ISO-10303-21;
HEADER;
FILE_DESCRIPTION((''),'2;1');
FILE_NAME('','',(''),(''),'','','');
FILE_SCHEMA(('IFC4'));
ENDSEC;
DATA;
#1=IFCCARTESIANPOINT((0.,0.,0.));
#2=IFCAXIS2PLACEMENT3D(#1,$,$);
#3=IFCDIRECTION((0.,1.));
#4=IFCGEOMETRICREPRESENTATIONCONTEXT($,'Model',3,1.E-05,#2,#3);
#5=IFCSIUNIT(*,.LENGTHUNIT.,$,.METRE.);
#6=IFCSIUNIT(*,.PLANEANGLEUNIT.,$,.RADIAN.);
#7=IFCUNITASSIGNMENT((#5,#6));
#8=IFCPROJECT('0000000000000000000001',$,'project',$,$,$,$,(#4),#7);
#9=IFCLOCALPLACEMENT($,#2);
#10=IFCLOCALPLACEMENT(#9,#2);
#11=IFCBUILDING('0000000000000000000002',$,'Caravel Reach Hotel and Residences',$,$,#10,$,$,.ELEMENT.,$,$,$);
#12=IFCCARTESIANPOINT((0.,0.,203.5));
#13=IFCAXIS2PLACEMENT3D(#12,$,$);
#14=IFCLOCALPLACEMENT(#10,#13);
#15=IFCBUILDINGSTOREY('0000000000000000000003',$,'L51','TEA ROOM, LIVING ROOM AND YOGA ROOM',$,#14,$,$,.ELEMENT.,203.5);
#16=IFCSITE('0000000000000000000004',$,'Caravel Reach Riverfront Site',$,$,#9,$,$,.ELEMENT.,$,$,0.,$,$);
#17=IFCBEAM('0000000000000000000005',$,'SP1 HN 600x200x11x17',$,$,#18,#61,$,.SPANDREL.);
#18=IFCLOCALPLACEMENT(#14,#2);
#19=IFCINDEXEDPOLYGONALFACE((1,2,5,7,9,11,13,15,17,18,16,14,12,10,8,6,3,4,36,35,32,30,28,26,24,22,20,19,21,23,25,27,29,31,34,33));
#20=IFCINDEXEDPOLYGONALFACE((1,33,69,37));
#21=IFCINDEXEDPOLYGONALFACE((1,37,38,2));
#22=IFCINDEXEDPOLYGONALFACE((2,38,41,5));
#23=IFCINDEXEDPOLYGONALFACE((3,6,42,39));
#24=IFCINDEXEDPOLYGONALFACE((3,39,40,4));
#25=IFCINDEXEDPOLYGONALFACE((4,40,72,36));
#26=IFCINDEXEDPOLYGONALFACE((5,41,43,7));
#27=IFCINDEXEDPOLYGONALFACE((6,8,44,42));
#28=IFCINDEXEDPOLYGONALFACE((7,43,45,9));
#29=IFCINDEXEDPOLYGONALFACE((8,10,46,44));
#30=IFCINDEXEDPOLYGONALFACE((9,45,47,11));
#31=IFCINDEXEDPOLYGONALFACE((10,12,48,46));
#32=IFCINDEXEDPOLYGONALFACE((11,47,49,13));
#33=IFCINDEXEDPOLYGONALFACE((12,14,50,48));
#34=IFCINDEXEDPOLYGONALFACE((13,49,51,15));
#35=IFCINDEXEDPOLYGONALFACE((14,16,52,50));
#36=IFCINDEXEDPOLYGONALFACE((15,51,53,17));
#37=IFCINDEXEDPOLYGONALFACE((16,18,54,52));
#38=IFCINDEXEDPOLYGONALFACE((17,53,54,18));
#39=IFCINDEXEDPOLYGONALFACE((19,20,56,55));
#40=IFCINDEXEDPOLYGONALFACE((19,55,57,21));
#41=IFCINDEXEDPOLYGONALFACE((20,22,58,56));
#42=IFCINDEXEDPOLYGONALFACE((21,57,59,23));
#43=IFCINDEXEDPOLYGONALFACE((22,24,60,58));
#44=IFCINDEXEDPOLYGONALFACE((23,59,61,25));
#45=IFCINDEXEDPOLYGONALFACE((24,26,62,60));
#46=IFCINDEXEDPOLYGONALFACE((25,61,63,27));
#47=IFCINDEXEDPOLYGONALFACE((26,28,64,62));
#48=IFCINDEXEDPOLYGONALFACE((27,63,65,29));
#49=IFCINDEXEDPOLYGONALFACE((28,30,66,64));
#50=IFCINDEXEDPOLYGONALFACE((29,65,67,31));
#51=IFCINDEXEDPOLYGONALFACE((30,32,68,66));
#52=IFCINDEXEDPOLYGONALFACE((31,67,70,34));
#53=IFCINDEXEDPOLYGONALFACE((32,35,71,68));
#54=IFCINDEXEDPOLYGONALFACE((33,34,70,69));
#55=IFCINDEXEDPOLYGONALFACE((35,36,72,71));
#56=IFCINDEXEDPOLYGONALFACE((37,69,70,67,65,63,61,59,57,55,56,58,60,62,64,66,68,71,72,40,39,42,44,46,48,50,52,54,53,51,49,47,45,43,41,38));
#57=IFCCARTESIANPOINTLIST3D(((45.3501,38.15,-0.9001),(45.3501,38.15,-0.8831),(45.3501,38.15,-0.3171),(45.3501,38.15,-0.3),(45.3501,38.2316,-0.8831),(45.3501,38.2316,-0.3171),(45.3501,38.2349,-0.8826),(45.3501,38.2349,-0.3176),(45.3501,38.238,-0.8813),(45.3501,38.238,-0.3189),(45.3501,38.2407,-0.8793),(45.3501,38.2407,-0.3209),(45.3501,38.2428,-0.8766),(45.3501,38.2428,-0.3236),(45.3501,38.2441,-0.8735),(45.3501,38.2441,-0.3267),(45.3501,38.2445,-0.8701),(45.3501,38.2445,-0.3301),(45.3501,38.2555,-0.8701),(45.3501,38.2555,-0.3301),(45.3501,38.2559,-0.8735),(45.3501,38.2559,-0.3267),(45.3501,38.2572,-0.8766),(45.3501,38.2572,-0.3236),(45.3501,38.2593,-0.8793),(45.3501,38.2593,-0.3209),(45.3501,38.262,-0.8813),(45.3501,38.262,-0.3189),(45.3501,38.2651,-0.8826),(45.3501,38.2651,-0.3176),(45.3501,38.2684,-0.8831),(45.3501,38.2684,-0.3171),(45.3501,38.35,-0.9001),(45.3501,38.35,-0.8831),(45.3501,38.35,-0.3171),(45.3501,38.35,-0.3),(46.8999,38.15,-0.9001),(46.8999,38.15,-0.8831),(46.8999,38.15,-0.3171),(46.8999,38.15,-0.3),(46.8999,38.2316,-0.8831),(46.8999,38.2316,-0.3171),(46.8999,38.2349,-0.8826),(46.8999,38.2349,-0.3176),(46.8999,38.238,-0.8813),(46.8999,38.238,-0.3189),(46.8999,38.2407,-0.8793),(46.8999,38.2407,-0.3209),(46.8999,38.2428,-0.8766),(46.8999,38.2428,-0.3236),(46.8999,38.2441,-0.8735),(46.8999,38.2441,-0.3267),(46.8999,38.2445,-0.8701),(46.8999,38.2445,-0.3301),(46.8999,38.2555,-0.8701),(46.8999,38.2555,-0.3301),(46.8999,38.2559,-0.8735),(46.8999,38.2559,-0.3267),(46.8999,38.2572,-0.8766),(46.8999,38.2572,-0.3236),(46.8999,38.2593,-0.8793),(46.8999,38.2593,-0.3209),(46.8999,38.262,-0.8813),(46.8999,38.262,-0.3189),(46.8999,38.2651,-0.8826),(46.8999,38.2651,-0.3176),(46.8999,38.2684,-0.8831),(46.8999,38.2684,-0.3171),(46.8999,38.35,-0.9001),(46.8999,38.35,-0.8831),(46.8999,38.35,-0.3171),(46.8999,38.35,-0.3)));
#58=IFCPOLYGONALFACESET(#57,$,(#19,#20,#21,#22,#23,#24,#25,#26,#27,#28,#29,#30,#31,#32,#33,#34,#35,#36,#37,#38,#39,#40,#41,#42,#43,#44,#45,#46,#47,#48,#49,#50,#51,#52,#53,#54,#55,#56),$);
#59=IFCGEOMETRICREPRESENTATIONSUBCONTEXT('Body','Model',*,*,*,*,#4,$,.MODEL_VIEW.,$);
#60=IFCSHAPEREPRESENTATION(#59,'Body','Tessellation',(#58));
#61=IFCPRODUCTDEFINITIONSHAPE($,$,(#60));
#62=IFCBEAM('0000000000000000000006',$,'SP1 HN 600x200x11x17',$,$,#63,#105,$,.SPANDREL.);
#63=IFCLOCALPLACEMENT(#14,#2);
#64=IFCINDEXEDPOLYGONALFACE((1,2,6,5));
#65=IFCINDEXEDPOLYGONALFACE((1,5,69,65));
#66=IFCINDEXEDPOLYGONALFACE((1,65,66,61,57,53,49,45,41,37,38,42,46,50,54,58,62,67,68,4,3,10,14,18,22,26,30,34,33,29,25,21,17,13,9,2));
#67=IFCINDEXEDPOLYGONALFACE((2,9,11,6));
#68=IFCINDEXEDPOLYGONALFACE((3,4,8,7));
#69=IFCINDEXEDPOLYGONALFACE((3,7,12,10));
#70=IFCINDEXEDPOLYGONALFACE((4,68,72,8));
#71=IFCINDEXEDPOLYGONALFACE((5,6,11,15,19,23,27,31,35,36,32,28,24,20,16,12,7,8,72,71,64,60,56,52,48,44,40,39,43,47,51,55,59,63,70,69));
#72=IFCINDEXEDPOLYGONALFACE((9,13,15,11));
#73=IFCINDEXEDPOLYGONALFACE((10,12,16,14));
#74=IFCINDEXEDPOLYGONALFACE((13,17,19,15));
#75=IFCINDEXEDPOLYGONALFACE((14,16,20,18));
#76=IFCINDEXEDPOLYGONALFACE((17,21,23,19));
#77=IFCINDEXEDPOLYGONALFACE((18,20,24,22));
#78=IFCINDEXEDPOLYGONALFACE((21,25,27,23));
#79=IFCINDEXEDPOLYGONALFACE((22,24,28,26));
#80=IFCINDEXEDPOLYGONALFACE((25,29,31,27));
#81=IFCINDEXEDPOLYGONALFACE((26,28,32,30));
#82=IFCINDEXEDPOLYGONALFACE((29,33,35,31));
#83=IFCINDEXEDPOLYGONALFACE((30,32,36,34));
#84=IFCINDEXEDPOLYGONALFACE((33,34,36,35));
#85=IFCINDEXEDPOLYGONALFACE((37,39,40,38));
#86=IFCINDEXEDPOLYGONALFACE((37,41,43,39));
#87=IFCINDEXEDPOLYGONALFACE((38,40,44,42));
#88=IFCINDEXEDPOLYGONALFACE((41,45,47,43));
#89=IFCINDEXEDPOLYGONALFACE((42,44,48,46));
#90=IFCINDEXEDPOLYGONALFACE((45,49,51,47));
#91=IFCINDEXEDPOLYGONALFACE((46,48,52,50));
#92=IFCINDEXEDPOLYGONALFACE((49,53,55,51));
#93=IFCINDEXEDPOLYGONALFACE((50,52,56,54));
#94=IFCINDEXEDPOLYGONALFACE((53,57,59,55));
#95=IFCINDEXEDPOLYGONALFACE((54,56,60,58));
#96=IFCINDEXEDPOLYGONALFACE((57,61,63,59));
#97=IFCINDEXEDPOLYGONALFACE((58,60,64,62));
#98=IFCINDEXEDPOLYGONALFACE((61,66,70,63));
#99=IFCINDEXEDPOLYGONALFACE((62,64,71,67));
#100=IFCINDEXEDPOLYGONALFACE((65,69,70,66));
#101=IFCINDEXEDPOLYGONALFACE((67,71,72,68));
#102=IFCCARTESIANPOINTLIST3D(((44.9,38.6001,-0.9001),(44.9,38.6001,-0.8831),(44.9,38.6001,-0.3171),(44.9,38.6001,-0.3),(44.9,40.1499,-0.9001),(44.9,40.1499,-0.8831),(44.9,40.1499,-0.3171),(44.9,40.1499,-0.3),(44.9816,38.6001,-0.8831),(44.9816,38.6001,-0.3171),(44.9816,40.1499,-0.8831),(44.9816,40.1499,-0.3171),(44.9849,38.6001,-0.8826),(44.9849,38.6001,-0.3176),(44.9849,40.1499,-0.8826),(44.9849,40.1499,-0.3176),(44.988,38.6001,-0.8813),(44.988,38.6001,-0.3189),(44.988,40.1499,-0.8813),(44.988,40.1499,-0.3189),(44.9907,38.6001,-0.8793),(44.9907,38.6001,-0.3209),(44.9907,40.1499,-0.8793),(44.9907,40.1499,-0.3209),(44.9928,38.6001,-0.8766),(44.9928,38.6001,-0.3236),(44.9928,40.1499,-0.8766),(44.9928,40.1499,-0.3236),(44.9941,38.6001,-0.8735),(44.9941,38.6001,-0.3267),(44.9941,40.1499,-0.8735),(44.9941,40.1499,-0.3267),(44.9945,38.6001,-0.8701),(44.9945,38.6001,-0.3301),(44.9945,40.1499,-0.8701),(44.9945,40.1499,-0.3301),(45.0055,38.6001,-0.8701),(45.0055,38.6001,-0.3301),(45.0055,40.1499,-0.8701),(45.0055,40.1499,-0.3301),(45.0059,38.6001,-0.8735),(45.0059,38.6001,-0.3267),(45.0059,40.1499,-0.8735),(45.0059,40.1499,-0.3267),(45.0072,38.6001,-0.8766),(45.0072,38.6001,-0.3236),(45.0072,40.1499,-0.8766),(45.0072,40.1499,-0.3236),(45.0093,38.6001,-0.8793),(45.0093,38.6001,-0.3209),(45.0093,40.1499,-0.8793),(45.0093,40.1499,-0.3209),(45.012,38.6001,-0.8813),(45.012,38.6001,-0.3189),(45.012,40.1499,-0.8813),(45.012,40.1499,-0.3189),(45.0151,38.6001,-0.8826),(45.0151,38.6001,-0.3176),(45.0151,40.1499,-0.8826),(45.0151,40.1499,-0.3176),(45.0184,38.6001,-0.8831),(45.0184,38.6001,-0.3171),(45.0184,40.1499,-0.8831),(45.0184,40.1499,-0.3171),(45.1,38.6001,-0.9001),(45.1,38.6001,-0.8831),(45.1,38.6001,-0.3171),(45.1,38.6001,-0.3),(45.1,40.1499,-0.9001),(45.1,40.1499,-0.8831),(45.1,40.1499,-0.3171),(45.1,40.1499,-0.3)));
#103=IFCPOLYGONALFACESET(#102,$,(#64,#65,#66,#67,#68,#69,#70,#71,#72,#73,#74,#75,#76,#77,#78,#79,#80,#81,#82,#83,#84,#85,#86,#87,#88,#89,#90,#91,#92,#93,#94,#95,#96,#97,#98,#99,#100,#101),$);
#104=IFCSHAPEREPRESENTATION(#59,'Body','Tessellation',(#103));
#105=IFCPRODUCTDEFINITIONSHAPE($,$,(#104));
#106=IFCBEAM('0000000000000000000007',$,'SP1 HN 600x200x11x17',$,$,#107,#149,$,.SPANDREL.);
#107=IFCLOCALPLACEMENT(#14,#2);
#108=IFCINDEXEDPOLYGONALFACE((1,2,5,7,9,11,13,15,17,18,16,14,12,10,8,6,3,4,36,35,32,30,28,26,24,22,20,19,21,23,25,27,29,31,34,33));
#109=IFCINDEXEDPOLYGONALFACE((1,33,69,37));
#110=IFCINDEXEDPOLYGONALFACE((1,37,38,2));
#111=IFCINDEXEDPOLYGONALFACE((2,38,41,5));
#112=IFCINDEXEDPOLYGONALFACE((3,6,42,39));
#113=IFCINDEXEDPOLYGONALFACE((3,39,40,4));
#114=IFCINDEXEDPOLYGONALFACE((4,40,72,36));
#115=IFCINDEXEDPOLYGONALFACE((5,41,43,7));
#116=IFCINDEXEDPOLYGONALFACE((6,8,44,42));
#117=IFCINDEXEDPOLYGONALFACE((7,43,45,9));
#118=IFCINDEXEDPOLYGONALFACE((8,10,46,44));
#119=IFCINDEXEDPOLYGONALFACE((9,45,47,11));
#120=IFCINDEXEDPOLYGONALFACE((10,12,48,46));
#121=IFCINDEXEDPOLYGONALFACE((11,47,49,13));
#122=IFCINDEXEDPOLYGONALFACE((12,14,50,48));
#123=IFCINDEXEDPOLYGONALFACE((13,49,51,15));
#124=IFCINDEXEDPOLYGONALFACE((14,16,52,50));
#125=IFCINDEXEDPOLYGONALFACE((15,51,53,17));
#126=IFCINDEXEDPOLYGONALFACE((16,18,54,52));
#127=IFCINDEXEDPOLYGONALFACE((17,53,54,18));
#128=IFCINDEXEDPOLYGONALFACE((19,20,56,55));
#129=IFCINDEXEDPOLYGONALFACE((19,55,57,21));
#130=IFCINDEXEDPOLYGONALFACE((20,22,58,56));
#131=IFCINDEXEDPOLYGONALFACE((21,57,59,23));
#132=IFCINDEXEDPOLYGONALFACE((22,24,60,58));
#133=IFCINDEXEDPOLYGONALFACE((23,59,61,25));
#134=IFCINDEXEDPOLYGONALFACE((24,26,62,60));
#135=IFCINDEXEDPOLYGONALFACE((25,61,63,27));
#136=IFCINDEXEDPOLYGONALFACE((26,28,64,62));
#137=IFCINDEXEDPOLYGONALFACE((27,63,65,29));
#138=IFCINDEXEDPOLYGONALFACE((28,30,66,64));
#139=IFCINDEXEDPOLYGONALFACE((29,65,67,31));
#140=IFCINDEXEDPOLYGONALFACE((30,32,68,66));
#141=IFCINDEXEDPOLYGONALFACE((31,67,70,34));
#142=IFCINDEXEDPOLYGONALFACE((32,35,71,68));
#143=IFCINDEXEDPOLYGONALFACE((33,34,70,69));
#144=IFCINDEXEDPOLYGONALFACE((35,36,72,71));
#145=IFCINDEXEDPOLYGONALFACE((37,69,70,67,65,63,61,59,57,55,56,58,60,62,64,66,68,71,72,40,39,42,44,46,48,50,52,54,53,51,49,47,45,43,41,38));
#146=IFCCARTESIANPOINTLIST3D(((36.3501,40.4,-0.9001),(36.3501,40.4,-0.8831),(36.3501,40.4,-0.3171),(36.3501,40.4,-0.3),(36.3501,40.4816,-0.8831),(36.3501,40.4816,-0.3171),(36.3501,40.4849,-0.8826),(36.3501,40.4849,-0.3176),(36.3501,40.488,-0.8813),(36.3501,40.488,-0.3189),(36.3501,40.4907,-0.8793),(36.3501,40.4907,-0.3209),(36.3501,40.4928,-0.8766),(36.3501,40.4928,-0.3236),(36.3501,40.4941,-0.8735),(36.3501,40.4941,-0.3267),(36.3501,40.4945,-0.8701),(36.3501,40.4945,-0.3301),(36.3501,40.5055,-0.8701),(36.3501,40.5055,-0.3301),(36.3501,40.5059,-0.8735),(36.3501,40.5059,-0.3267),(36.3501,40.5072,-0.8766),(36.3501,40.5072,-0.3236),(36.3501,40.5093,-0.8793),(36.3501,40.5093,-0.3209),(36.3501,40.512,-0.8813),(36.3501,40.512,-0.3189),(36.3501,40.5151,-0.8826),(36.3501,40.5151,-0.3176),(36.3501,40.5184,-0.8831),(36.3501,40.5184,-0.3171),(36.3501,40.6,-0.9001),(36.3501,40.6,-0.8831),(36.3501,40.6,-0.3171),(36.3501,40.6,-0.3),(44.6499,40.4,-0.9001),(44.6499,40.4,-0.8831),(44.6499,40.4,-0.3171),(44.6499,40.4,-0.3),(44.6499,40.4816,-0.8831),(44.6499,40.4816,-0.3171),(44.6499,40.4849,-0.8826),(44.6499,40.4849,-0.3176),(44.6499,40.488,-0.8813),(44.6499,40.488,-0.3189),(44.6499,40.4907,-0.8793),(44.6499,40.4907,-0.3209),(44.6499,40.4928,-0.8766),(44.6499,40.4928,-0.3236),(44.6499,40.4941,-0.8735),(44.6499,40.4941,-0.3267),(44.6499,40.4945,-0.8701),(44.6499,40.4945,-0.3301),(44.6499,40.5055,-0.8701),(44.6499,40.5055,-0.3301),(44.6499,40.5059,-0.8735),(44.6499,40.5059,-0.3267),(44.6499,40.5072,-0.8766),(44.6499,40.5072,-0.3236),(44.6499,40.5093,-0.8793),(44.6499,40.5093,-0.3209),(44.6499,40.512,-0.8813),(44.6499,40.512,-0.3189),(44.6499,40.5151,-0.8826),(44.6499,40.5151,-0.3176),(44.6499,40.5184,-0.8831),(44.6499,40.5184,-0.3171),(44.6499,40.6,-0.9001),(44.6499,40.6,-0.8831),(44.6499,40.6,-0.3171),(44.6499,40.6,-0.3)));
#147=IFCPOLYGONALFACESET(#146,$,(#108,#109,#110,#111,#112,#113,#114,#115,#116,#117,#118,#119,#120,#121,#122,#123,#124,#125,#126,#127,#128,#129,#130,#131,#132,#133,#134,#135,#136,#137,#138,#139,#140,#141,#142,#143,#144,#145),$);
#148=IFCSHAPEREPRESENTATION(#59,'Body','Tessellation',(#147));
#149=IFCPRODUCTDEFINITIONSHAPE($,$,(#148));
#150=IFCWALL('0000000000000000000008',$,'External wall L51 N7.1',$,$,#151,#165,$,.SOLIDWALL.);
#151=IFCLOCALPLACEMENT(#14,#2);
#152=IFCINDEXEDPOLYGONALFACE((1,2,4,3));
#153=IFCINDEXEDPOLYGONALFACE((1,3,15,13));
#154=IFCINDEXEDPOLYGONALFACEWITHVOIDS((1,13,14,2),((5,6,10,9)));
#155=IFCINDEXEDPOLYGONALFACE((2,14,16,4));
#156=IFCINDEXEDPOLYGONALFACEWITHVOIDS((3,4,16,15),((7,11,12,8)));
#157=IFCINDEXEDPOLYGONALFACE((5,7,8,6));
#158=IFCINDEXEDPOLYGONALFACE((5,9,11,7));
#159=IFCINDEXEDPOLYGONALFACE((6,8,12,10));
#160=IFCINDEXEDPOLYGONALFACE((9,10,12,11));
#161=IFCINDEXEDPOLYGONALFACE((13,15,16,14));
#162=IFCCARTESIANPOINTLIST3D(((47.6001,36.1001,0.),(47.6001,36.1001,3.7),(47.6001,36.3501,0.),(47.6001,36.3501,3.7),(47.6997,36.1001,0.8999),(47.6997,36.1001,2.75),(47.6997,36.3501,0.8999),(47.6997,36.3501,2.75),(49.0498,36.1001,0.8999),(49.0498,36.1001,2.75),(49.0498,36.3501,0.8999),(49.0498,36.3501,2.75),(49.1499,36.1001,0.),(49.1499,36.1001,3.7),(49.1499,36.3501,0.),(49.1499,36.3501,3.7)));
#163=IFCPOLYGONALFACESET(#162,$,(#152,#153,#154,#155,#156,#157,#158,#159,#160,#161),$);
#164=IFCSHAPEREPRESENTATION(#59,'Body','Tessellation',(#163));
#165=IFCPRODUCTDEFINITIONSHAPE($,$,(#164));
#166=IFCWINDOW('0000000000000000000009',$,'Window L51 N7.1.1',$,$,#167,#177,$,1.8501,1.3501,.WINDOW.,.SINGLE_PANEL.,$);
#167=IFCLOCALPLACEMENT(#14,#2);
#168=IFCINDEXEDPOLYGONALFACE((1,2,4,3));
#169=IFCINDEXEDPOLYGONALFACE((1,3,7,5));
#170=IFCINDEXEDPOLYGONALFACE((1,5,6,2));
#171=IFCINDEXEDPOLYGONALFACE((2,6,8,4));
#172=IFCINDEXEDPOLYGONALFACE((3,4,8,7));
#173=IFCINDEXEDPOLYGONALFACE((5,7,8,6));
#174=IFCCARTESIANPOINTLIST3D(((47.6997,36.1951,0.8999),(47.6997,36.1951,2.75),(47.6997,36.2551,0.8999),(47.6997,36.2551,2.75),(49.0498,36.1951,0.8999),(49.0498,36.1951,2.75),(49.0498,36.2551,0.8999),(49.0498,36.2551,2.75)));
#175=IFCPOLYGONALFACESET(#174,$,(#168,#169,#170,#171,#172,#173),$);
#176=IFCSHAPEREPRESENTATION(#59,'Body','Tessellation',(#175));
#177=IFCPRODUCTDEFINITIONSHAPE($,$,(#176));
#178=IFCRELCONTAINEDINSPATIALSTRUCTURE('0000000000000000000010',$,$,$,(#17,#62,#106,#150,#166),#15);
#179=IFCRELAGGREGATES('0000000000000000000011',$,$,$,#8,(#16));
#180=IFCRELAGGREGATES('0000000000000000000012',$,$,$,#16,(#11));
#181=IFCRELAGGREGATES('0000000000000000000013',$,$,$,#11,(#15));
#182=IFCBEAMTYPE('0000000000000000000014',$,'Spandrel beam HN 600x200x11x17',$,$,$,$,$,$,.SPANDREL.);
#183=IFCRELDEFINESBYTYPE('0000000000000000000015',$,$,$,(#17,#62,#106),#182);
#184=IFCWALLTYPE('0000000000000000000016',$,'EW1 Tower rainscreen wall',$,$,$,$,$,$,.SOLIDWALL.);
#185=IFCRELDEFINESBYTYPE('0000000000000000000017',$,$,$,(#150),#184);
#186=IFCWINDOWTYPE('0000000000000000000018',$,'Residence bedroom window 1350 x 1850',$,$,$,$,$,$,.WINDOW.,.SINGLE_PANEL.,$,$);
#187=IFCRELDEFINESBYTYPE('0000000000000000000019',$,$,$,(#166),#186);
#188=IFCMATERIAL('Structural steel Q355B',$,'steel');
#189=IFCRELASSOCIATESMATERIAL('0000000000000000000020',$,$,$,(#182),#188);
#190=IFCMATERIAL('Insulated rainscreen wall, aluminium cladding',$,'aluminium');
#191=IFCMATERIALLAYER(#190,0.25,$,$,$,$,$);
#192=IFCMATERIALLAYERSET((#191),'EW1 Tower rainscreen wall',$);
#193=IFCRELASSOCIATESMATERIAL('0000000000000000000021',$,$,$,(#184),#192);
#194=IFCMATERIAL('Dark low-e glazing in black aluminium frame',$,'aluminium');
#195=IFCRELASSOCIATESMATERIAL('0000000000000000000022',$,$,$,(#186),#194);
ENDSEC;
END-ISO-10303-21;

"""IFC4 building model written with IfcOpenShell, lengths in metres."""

from ifc_helpers import new_model, si_unit, direction, frame, frame_2d, origin, origin_2d, place, context, subcontext, project, spatial, rectangle, i_section, extrude, material, layer, layer_set, material_profile, profile_set, type_object, element, fill, save


model = new_model("IFC4")

# Units and contexts
model_context = context("Model", 3, precision=1e-05, world=origin(), true_north=direction((0.0, 1.0)))
body_context = subcontext(model_context, "Body", "Model", "MODEL_VIEW")
ifc_project = project(units=[si_unit("LENGTHUNIT", "METRE"), si_unit("PLANEANGLEUNIT", "RADIAN")], contexts=[model_context])

# Site, building, storey
site_placement = place(None, origin())
site = spatial("IfcSite", under=ifc_project, at=site_placement, Name="Caravel Reach Riverfront Site", CompositionType="ELEMENT", RefElevation=0.0)
building_placement = place(site_placement, origin())
building = spatial("IfcBuilding", under=site, at=building_placement, Name="Caravel Reach Hotel and Residences", CompositionType="ELEMENT")
storey_placement = place(building_placement, frame((0.0, 0.0, 203.5)))
storey = spatial("IfcBuildingStorey", under=building, at=storey_placement, Name="L51", Description="TEA ROOM, LIVING ROOM AND YOGA ROOM", CompositionType="ELEMENT", Elevation=203.5)

# Beams
ifc_material_1 = material(Name="Structural steel Q355B", Category="steel")
ifc_material_profile_1 = material_profile(ifc_material_1, i_section(OverallWidth=0.2, OverallDepth=0.6001, WebThickness=0.011, FlangeThickness=0.0171, FilletRadius=0.0129, at=origin_2d()), Name="HN 600x200x11x17")
ifc_profile_set_1 = profile_set([ifc_material_profile_1], Name="Structural steel Q355B")
beam_type = type_object("IfcBeamType", Name="Spandrel beam HN 600x200x11x17", PredefinedType="SPANDREL", material=ifc_profile_set_1)
for number, where, z_axis, x_axis, name in (
    (1, (46.8999, 38.25, -0.6001), (-1.0, 0.0, 0.0), (0.0, -1.0, 0.0), "SP1 HN 600x200x11x17"),
    (2, (45.0, 38.6001, -0.6001), (0.0, 1.0, 0.0), (-1.0, 0.0, 0.0), "SP1 HN 600x200x11x17"),
):
    element("IfcBeam", number, at=place(storey_placement, frame(where, z_axis=z_axis, x_axis=x_axis)), inside=storey, type_object=beam_type, Name=name, PredefinedType="SPANDREL", context=body_context, shape_type="SweptSolid", body=[
        extrude(i_section(OverallWidth=0.2, OverallDepth=0.6001, WebThickness=0.011, FlangeThickness=0.0171, FilletRadius=0.0129, at=origin_2d()), origin(), (0.0, 0.0, 1.0), 1.5498),
    ])
beam_placement = place(storey_placement, frame((44.6499, 40.5, -0.6001), z_axis=(-1.0, 0.0, 0.0), x_axis=(0.0, -1.0, 0.0)))
element("IfcBeam", 3, at=beam_placement, inside=storey, type_object=beam_type, Name="SP1 HN 600x200x11x17", PredefinedType="SPANDREL", context=body_context, shape_type="SweptSolid", body=[
    extrude(i_section(OverallWidth=0.2, OverallDepth=0.6001, WebThickness=0.011, FlangeThickness=0.0171, FilletRadius=0.0129, at=origin_2d()), origin(), (0.0, 0.0, 1.0), 8.2998),
])

# Wall, opening, window
ifc_material_2 = material(Name="Insulated rainscreen wall, aluminium cladding", Category="aluminium")
ifc_layer_1 = layer(ifc_material_2, 0.25)
ifc_layer_set_1 = layer_set([ifc_layer_1], Name="EW1 Tower rainscreen wall")
wall_type_1 = type_object("IfcWallType", Name="EW1 Tower rainscreen wall", PredefinedType="SOLIDWALL", material=ifc_layer_set_1)
wall_1_placement = place(storey_placement, frame((49.1499, 36.2251, 0.0), z_axis=(0.0, 0.0, 1.0), x_axis=(-1.0, 0.0, 0.0)))
wall_1 = element("IfcWall", 4, at=wall_1_placement, inside=storey, type_object=wall_type_1, Name="External wall L51 N7.1", PredefinedType="SOLIDWALL", context=body_context, shape_type="SweptSolid", body=[
    extrude(rectangle(XDim=1.5498, YDim=0.25, at=frame_2d((0.7749, 0.0))), origin(), (0.0, 0.0, 1.0), 3.7),
])
opening_1_placement = place(wall_1_placement, frame((0.1001, 0.0, 0.8999)))
opening_1 = element("IfcOpeningElement", 5, at=opening_1_placement, cuts=wall_1, PredefinedType="OPENING", context=body_context, shape_type="SweptSolid", body=[
    extrude(rectangle(XDim=1.3501, YDim=1.8501, at=frame_2d((0.675, 0.925))), frame((0.0, 0.135, 0.0), z_axis=(0.0, -1.0, 0.0), x_axis=(1.0, 0.0, 0.0)), (0.0, 0.0, 1.0), 0.27),
])
ifc_material_3 = material(Name="Dark low-e glazing in black aluminium frame", Category="aluminium")
window_type_1 = type_object("IfcWindowType", Name="Residence bedroom window 1350 x 1850", PartitioningType="SINGLE_PANEL", PredefinedType="WINDOW", material=ifc_material_3)
window_1_placement = place(opening_1_placement, origin())
window_1 = element("IfcWindow", 6, at=window_1_placement, inside=storey, type_object=window_type_1, Name="Window L51 N7.1.1", OverallHeight=1.8501, OverallWidth=1.3501, PartitioningType="SINGLE_PANEL", PredefinedType="WINDOW", context=body_context, shape_type="SweptSolid", body=[
    extrude(rectangle(XDim=1.3501, YDim=1.8501, at=frame_2d((0.675, 0.925))), frame((0.0, 0.03, 0.0), z_axis=(0.0, -1.0, 0.0), x_axis=(1.0, 0.0, 0.0)), (0.0, 0.0, 1.0), 0.0601),
])
fill(opening_1, window_1)

save(model, "model.ifc")
